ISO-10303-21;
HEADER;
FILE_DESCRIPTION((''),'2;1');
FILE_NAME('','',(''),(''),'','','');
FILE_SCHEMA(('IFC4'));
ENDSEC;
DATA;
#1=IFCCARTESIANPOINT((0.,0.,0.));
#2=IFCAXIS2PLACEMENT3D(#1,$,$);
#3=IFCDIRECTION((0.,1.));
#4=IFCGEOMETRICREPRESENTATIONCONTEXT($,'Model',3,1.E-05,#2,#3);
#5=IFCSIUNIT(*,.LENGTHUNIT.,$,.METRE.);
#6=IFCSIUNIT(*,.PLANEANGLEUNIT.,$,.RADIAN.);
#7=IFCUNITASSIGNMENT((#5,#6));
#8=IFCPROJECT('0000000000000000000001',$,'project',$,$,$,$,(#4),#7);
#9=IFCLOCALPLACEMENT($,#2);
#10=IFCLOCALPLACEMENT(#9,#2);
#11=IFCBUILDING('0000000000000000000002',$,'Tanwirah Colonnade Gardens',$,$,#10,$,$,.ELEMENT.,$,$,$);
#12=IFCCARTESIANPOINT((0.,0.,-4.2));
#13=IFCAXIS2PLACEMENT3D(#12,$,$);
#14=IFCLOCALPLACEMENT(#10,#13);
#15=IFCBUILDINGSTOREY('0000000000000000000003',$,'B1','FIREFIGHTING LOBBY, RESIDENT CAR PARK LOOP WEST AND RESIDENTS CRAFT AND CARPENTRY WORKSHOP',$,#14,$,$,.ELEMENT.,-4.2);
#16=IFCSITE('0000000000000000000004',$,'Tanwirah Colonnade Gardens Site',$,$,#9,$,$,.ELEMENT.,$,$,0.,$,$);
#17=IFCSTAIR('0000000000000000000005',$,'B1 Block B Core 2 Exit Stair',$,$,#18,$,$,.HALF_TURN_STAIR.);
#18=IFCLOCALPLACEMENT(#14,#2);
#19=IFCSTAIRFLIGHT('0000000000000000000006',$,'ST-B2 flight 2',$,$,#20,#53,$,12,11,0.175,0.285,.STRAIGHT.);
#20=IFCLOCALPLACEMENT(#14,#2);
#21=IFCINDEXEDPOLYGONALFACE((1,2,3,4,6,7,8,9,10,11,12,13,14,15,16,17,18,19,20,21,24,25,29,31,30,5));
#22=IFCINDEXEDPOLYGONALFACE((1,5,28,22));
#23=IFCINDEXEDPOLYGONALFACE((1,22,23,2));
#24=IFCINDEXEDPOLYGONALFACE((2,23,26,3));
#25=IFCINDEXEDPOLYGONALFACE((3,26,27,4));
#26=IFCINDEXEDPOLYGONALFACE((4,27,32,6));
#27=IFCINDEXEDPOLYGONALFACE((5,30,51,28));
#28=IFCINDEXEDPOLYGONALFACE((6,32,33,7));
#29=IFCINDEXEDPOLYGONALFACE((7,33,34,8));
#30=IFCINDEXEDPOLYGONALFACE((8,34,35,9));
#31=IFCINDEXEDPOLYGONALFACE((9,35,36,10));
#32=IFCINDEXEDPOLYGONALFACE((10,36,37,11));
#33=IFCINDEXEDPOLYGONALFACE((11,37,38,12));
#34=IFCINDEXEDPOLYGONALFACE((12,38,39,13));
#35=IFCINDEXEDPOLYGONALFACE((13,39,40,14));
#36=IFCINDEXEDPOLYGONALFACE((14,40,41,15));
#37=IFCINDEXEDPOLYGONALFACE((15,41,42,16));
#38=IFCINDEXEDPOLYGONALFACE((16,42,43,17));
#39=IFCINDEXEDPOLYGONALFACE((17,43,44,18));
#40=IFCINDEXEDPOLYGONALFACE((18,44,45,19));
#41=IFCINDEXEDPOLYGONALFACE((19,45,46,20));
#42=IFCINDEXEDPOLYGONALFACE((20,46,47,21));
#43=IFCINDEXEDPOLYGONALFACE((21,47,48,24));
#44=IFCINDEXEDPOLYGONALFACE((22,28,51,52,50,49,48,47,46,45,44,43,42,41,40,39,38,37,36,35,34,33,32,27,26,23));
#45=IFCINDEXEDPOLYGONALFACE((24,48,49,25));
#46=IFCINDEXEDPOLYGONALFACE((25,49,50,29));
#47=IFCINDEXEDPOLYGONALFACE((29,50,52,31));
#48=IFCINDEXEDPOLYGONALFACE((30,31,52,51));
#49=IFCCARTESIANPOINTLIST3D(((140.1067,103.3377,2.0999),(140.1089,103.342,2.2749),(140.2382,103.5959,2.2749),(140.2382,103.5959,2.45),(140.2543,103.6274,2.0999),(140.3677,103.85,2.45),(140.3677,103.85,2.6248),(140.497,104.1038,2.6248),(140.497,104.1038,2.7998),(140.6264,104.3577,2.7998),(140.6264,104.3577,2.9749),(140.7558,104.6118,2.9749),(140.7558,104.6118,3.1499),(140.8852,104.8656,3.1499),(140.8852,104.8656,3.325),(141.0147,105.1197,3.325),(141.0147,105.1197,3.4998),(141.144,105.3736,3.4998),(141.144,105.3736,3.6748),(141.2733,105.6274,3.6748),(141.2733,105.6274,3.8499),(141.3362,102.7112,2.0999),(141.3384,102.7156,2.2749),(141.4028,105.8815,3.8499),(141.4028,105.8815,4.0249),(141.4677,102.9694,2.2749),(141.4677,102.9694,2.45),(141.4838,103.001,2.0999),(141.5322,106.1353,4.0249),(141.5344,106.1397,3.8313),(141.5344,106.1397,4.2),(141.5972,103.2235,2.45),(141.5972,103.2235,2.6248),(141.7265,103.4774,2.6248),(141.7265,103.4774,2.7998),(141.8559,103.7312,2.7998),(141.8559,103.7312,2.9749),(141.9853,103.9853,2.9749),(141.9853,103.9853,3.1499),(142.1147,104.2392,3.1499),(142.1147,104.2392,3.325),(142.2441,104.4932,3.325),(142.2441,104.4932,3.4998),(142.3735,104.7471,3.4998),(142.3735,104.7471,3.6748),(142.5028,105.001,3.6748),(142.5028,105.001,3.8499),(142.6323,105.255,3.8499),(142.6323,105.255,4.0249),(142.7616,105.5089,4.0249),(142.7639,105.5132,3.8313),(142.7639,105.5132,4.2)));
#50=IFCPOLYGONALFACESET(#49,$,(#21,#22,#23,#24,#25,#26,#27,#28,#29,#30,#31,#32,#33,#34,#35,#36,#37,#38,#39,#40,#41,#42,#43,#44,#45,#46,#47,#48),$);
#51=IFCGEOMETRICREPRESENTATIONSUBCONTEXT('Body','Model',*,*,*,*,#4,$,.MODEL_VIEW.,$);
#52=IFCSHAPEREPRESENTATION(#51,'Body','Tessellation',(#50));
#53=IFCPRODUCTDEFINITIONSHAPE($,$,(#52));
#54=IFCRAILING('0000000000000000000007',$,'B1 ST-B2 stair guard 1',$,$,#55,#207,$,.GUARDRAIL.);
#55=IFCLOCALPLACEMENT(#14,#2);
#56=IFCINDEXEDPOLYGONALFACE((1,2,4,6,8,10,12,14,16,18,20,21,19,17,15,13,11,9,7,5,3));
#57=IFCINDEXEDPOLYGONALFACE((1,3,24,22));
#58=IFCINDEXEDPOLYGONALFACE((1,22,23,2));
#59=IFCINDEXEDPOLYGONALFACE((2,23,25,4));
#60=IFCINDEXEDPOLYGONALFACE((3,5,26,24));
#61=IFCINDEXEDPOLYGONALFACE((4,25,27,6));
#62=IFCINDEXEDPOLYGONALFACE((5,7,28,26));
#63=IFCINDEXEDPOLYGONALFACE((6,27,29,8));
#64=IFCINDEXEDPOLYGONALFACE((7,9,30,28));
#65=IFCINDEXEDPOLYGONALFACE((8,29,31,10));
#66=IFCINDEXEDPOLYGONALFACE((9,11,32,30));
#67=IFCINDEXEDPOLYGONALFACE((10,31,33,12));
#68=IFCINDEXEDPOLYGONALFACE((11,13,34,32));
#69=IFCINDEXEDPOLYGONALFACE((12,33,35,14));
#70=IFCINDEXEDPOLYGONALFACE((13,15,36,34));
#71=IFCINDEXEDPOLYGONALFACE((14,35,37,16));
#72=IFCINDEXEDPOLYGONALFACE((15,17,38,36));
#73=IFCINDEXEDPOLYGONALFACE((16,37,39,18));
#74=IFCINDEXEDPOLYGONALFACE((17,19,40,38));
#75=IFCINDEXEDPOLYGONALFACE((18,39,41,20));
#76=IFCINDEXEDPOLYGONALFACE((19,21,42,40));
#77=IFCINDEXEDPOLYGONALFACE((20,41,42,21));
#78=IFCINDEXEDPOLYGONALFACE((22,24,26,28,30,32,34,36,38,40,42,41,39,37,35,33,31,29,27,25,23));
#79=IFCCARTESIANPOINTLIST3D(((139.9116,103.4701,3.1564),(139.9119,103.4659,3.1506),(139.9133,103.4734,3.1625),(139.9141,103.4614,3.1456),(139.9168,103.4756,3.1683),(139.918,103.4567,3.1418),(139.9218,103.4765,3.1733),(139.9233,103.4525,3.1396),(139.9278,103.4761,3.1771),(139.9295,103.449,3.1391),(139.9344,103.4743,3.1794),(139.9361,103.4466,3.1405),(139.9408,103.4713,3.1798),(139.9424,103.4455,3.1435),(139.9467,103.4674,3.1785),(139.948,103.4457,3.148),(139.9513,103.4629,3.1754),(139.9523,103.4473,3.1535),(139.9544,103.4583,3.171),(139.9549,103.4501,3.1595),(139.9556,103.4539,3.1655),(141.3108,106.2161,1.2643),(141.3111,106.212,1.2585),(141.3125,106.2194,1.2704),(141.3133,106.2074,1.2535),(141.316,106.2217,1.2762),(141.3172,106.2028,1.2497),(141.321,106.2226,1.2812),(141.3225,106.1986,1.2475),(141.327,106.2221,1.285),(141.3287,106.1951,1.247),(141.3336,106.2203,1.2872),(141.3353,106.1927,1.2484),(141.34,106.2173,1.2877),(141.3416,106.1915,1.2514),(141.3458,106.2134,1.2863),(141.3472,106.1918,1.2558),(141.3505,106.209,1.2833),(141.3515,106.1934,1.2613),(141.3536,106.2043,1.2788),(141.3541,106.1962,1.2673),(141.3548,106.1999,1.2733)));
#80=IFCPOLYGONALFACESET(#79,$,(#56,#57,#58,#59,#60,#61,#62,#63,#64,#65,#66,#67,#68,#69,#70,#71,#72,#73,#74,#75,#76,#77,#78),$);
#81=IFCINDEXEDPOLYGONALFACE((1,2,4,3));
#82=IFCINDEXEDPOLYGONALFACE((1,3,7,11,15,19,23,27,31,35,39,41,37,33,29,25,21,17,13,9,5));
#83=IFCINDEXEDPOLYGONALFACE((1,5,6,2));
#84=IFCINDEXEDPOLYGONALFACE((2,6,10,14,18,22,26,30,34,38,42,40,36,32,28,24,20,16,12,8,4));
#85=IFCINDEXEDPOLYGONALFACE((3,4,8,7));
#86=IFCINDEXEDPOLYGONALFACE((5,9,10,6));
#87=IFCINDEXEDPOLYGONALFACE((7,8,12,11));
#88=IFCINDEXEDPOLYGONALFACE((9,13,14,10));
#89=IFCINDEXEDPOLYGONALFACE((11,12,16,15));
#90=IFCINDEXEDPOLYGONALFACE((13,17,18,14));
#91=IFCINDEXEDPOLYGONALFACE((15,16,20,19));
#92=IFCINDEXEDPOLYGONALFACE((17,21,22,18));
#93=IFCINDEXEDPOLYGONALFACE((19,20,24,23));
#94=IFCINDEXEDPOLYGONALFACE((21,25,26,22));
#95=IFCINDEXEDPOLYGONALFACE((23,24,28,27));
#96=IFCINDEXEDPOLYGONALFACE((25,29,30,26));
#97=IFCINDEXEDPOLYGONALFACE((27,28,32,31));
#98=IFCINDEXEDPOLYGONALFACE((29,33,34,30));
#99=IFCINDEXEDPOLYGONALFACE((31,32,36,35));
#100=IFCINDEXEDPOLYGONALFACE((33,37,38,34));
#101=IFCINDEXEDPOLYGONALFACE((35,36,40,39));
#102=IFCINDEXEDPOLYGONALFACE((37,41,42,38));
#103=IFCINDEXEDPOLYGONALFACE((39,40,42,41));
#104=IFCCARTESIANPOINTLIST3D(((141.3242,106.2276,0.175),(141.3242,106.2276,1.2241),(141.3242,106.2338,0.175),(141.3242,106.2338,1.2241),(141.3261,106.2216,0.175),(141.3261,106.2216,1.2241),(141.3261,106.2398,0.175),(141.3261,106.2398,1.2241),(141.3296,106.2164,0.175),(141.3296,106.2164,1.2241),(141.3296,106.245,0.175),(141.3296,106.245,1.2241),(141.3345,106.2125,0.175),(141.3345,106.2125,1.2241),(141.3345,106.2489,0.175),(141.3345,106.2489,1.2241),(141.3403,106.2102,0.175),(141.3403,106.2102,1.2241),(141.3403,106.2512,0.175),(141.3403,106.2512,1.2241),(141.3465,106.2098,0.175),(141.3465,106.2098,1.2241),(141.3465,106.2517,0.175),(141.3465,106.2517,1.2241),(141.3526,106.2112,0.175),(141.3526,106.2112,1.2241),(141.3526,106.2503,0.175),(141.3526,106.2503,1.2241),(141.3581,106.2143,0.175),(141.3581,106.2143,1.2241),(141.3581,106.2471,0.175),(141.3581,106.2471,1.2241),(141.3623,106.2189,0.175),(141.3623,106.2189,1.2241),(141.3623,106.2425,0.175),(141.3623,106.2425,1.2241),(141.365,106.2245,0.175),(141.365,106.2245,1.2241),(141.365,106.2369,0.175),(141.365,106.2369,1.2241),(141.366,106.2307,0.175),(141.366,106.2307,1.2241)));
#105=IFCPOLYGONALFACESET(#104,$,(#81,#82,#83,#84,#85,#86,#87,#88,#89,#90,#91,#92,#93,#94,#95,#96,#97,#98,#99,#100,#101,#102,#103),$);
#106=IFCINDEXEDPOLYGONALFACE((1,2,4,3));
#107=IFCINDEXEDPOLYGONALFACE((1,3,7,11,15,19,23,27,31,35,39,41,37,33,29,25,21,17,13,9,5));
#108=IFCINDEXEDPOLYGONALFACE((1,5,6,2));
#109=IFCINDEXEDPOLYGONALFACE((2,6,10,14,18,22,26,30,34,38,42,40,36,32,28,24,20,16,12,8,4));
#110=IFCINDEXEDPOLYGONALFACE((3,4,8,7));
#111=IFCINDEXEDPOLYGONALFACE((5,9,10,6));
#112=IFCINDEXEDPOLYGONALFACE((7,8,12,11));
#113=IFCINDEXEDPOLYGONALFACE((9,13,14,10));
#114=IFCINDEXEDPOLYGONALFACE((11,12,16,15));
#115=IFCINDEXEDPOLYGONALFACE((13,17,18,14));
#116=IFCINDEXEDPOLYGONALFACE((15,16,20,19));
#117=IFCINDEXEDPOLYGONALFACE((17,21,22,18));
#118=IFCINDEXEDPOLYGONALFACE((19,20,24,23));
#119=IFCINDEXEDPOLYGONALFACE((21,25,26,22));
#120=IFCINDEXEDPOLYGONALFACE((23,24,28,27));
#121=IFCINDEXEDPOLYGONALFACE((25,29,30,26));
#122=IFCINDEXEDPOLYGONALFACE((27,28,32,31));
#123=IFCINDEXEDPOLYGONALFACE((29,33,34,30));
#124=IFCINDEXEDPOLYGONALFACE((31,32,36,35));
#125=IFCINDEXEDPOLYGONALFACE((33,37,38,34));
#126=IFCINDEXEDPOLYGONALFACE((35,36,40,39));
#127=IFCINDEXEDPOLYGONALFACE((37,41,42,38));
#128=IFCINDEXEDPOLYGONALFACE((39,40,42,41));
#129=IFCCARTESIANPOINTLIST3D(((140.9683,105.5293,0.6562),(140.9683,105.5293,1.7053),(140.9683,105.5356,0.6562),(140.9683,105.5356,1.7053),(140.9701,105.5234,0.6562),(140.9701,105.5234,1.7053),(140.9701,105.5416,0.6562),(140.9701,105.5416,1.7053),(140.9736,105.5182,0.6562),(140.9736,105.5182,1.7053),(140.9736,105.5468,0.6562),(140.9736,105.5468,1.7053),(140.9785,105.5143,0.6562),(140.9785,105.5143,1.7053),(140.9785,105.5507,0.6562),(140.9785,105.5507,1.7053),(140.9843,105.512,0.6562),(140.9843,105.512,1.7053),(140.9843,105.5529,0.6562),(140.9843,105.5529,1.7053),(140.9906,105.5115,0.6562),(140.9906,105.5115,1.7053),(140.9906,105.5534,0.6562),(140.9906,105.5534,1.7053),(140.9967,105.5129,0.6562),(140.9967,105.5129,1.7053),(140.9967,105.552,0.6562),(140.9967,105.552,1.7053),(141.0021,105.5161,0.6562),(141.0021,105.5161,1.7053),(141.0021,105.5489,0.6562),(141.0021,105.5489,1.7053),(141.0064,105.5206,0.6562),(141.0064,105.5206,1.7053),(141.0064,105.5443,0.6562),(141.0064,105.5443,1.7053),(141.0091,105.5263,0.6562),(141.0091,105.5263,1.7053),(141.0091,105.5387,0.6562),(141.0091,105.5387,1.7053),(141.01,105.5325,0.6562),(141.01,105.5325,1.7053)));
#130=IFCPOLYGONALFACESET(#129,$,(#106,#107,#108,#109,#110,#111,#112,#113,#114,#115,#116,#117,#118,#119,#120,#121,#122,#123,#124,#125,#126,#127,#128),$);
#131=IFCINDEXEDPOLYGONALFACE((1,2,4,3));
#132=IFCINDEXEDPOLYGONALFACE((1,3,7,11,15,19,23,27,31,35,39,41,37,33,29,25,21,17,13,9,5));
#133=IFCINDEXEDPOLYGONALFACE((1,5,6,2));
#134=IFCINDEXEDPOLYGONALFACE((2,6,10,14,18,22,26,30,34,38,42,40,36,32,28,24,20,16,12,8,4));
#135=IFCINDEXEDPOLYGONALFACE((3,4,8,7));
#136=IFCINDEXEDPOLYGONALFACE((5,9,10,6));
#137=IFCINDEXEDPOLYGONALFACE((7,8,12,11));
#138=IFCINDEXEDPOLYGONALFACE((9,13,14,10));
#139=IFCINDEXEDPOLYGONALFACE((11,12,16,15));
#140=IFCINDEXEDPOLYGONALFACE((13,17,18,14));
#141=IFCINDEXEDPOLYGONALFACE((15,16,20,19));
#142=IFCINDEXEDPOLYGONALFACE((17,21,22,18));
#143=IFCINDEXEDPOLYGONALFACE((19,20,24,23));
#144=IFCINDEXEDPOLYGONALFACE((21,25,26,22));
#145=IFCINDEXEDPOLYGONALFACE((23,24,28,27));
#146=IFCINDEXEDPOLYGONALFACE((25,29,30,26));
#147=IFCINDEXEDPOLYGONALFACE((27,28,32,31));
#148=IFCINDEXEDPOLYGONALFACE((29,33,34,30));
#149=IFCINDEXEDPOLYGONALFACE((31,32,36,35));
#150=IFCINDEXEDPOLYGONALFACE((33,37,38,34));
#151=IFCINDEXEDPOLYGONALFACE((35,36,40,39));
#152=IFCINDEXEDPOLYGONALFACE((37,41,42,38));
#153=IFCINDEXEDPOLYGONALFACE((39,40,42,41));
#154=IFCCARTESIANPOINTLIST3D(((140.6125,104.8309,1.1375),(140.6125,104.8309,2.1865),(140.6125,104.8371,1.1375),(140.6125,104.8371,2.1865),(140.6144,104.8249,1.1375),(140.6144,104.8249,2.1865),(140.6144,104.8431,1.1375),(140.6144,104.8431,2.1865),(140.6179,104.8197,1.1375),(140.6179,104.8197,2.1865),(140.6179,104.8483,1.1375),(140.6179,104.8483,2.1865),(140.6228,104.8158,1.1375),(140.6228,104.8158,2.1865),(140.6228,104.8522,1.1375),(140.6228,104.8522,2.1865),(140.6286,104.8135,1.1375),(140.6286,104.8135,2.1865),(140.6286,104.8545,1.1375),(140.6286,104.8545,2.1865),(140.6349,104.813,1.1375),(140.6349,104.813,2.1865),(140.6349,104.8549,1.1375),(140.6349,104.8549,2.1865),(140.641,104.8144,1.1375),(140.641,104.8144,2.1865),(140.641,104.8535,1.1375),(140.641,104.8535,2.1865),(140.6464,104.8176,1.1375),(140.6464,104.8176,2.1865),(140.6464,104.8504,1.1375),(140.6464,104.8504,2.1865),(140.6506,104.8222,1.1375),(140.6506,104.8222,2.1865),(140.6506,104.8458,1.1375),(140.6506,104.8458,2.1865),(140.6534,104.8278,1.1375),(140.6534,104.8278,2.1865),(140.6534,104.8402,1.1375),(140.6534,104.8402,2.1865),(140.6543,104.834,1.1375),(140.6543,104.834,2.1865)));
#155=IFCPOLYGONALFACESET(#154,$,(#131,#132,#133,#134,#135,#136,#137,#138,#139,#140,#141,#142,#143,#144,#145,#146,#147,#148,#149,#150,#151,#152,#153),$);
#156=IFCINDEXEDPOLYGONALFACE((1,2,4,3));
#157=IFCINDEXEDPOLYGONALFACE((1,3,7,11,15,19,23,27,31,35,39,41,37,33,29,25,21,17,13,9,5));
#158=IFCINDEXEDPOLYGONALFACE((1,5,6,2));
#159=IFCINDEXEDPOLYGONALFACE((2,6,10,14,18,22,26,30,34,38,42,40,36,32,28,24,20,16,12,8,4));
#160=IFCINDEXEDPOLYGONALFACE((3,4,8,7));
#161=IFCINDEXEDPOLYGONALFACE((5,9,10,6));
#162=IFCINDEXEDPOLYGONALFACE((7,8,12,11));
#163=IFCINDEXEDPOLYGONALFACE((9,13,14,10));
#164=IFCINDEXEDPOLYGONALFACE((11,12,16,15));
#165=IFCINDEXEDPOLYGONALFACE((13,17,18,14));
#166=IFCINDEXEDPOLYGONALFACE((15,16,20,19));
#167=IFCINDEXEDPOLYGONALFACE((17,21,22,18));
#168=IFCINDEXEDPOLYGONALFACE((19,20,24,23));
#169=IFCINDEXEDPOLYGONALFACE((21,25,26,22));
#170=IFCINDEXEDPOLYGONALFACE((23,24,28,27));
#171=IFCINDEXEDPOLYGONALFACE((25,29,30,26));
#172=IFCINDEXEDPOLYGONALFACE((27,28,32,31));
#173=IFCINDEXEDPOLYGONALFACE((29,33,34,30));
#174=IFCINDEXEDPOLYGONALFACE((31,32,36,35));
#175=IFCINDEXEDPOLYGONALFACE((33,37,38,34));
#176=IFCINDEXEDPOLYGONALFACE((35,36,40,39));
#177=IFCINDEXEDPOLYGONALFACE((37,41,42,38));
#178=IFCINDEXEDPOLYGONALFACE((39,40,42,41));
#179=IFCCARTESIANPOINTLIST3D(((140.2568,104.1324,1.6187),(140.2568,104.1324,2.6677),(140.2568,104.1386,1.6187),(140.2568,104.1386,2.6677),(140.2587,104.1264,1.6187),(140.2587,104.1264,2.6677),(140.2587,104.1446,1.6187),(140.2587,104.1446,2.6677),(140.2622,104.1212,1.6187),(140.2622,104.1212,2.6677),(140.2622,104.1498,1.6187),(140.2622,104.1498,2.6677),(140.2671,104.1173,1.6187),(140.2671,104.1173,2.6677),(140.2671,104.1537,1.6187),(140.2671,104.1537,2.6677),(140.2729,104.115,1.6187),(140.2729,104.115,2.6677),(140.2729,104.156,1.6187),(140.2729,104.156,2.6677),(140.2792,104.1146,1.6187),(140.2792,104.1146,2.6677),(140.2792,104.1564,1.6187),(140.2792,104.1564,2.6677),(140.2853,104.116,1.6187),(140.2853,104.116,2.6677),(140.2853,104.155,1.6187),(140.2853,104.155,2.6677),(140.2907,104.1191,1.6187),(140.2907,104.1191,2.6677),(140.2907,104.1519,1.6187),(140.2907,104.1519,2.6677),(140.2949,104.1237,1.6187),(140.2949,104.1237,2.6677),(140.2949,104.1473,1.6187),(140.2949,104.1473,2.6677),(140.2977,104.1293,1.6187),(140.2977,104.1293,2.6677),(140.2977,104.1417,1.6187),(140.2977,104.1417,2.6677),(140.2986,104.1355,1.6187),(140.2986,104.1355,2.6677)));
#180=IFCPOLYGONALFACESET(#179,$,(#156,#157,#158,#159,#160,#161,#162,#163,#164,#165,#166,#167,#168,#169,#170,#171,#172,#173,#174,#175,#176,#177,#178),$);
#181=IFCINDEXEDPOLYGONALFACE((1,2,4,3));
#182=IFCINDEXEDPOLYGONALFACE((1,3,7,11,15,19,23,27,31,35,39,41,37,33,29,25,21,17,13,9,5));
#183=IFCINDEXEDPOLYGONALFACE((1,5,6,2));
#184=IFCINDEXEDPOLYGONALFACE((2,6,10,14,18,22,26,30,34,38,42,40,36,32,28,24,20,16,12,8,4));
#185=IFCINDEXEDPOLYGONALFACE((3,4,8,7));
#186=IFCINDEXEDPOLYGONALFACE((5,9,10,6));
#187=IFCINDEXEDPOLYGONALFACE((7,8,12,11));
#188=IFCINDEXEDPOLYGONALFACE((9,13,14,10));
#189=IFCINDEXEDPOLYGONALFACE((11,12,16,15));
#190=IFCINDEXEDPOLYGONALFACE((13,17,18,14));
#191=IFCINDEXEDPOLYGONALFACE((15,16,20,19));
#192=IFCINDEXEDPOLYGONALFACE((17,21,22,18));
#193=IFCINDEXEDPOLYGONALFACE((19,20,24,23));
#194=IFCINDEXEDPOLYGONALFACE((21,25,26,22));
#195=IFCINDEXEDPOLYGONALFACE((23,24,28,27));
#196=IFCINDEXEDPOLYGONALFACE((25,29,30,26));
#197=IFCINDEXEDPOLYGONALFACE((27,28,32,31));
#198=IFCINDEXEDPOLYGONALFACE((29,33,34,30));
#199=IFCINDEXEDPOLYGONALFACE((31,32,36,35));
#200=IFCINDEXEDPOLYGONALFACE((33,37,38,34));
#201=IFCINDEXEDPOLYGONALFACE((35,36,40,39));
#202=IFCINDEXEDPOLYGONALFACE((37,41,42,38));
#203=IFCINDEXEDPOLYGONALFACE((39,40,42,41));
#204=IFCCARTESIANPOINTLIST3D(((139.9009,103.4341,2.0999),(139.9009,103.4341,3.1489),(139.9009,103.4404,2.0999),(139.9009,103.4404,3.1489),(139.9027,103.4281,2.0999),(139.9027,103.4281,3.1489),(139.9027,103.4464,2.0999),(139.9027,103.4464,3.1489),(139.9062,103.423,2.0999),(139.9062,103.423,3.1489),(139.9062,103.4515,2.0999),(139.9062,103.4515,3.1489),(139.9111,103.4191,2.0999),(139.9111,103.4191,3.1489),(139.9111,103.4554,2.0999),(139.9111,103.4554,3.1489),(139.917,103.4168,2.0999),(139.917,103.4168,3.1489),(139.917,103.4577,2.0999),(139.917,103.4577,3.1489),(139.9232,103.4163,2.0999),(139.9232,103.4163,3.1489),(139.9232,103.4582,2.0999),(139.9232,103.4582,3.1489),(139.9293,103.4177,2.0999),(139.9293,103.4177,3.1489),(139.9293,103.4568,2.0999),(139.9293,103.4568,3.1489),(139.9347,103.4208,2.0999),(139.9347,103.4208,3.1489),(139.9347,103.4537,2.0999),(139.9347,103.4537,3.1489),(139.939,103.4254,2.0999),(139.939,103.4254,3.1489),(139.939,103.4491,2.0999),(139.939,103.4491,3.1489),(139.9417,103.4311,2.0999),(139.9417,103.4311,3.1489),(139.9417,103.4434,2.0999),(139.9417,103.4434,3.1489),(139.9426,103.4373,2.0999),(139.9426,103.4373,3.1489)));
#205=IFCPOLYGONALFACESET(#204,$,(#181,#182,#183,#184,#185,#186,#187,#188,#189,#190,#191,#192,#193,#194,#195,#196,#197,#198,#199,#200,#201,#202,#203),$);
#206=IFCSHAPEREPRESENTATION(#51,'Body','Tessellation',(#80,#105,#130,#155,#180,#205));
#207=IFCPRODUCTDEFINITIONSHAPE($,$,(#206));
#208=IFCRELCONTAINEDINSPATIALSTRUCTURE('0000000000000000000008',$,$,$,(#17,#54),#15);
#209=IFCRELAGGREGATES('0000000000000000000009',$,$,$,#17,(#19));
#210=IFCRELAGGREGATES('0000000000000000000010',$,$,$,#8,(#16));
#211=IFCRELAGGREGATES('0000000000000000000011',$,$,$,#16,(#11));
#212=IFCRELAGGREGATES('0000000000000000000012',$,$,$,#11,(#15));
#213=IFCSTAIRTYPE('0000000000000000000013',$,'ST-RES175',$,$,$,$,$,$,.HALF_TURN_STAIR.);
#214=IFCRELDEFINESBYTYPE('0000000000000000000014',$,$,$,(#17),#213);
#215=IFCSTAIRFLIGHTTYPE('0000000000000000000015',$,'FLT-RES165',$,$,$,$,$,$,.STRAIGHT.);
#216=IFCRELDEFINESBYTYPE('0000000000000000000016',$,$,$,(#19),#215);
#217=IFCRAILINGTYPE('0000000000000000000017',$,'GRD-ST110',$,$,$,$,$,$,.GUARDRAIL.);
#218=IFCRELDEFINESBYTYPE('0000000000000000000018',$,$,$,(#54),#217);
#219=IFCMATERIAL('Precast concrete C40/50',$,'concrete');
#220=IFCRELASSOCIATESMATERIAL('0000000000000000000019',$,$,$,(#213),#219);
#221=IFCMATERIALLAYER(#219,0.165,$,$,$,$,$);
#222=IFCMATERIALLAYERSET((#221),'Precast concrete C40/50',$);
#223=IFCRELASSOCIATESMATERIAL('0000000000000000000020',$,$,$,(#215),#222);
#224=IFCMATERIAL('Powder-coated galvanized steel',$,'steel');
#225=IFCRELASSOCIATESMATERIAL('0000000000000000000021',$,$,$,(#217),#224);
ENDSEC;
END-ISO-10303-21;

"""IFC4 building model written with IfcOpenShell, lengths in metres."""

from ifc_helpers import new_model, si_unit, direction, frame, origin, origin_2d, place, context, subcontext, project, spatial, polyline, circle, outline, extrude, material, layer, layer_set, type_object, element, aggregate, save


model = new_model("IFC4")

# Units and contexts
model_context = context("Model", 3, precision=1e-05, world=origin(), true_north=direction((0.0, 1.0)))
body_context = subcontext(model_context, "Body", "Model", "MODEL_VIEW")
ifc_project = project(units=[si_unit("LENGTHUNIT", "METRE"), si_unit("PLANEANGLEUNIT", "RADIAN")], contexts=[model_context])

# Site, building, storey
site_placement = place(None, origin())
site = spatial("IfcSite", under=ifc_project, at=site_placement, Name="Tanwirah Colonnade Gardens Site", CompositionType="ELEMENT", RefElevation=0.0)
building_placement = place(site_placement, origin())
building = spatial("IfcBuilding", under=site, at=building_placement, Name="Tanwirah Colonnade Gardens", CompositionType="ELEMENT")
storey_placement = place(building_placement, frame((0.0, 0.0, -4.2)))
storey = spatial("IfcBuildingStorey", under=building, at=storey_placement, Name="B1", Description="FIREFIGHTING LOBBY, RESIDENT CAR PARK LOOP WEST AND RESIDENTS CRAFT AND CARPENTRY WORKSHOP", CompositionType="ELEMENT", Elevation=-4.2)

# Shared definitions
ifc_material_1 = material(Name="Precast concrete C40/50", Category="concrete")

# Stair, stair flight
stair_type = type_object("IfcStairType", Name="ST-RES175", PredefinedType="HALF_TURN_STAIR", material=ifc_material_1)
stair_placement = place(storey_placement, origin())
stair = element("IfcStair", 1, at=stair_placement, inside=storey, type_object=stair_type, Name="B1 Block B Core 2 Exit Stair", PredefinedType="HALF_TURN_STAIR")
ifc_layer_1 = layer(ifc_material_1, 0.165)
ifc_layer_set_1 = layer_set([ifc_layer_1], Name="Precast concrete C40/50")
stair_flight_type = type_object("IfcStairFlightType", Name="FLT-RES165", PredefinedType="STRAIGHT", material=ifc_layer_set_1)
stair_flight_1_placement = place(storey_placement, frame((140.7236, 103.0288, 2.0999), z_axis=(0.0, 0.0, 1.0), x_axis=(0.45399, 0.891007, 0.0)))
stair_flight_1 = element("IfcStairFlight", 2, at=stair_flight_1_placement, type_object=stair_flight_type, Name="ST-B2 flight 2", NumberOfRisers=12, NumberOfTreads=11, PredefinedType="STRAIGHT", RiserHeight=0.175, TreadLength=0.285, context=body_context, shape_type="SweptSolid", body=[
    extrude(outline(polyline([(-0.0049, 0.0), (0.0, 0.175), (0.2849, 0.175), (0.2849, 0.3501), (0.5701, 0.3501), (0.5701, 0.5249), (0.855, 0.5249), (0.855, 0.7), (1.1399, 0.7), (1.1399, 0.875), (1.425, 0.875), (1.425, 1.05), (1.71, 1.05), (1.71, 1.2251), (1.9951, 1.2251), (1.9951, 1.3999), (2.28, 1.3999), (2.28, 1.575), (2.5649, 1.575), (2.5649, 1.75), (2.8501, 1.75), (2.8501, 1.925), (3.135, 1.925), (3.1399, 2.1001), (3.1399, 1.7314), (0.3203, 0.0), (-0.0049, 0.0)])), frame((0.0, 0.6899, 0.0), z_axis=(0.0, -1.0, 0.0), x_axis=(1.0, 0.0, 0.0)), (0.0, 0.0, 1.0), 1.3799),
])
aggregate(stair, [stair_flight_1])

# Railing
ifc_material_2 = material(Name="Powder-coated galvanized steel", Category="steel")
railing_type_1 = type_object("IfcRailingType", Name="GRD-ST110", PredefinedType="GUARDRAIL", material=ifc_material_2)
railing_1_placement = place(storey_placement, frame((141.345, 106.2307, 0.175)))
element("IfcRailing", 3, at=railing_1_placement, inside=storey, type_object=railing_type_1, Name="B1 ST-B2 stair guard 1", PredefinedType="GUARDRAIL", context=body_context, shape_type="SweptSolid", body=[
    extrude(circle(Radius=0.0239, at=origin_2d()), frame((-0.0122, -0.0237, 1.0923), z_axis=(-0.386895, -0.759322, 0.523204), x_axis=(0.891006, -0.453991, 0.0)), (0.0, 0.0, 1.0), 3.6165),
    extrude(circle(Radius=0.021, at=origin_2d()), origin(), (0.0, 0.0, 1.0), 1.0491),
    extrude(circle(Radius=0.021, at=origin_2d()), frame((-0.356, -0.6982, 0.4812)), (0.0, 0.0, 1.0), 1.0491),
    extrude(circle(Radius=0.021, at=origin_2d()), frame((-0.7117, -1.3967, 0.9624)), (0.0, 0.0, 1.0), 1.0491),
    extrude(circle(Radius=0.021, at=origin_2d()), frame((-1.0674, -2.0952, 1.4436)), (0.0, 0.0, 1.0), 1.0491),
    extrude(circle(Radius=0.021, at=origin_2d()), frame((-1.4233, -2.7935, 1.9248)), (0.0, 0.0, 1.0), 1.0491),
])

save(model, "model.ifc")
